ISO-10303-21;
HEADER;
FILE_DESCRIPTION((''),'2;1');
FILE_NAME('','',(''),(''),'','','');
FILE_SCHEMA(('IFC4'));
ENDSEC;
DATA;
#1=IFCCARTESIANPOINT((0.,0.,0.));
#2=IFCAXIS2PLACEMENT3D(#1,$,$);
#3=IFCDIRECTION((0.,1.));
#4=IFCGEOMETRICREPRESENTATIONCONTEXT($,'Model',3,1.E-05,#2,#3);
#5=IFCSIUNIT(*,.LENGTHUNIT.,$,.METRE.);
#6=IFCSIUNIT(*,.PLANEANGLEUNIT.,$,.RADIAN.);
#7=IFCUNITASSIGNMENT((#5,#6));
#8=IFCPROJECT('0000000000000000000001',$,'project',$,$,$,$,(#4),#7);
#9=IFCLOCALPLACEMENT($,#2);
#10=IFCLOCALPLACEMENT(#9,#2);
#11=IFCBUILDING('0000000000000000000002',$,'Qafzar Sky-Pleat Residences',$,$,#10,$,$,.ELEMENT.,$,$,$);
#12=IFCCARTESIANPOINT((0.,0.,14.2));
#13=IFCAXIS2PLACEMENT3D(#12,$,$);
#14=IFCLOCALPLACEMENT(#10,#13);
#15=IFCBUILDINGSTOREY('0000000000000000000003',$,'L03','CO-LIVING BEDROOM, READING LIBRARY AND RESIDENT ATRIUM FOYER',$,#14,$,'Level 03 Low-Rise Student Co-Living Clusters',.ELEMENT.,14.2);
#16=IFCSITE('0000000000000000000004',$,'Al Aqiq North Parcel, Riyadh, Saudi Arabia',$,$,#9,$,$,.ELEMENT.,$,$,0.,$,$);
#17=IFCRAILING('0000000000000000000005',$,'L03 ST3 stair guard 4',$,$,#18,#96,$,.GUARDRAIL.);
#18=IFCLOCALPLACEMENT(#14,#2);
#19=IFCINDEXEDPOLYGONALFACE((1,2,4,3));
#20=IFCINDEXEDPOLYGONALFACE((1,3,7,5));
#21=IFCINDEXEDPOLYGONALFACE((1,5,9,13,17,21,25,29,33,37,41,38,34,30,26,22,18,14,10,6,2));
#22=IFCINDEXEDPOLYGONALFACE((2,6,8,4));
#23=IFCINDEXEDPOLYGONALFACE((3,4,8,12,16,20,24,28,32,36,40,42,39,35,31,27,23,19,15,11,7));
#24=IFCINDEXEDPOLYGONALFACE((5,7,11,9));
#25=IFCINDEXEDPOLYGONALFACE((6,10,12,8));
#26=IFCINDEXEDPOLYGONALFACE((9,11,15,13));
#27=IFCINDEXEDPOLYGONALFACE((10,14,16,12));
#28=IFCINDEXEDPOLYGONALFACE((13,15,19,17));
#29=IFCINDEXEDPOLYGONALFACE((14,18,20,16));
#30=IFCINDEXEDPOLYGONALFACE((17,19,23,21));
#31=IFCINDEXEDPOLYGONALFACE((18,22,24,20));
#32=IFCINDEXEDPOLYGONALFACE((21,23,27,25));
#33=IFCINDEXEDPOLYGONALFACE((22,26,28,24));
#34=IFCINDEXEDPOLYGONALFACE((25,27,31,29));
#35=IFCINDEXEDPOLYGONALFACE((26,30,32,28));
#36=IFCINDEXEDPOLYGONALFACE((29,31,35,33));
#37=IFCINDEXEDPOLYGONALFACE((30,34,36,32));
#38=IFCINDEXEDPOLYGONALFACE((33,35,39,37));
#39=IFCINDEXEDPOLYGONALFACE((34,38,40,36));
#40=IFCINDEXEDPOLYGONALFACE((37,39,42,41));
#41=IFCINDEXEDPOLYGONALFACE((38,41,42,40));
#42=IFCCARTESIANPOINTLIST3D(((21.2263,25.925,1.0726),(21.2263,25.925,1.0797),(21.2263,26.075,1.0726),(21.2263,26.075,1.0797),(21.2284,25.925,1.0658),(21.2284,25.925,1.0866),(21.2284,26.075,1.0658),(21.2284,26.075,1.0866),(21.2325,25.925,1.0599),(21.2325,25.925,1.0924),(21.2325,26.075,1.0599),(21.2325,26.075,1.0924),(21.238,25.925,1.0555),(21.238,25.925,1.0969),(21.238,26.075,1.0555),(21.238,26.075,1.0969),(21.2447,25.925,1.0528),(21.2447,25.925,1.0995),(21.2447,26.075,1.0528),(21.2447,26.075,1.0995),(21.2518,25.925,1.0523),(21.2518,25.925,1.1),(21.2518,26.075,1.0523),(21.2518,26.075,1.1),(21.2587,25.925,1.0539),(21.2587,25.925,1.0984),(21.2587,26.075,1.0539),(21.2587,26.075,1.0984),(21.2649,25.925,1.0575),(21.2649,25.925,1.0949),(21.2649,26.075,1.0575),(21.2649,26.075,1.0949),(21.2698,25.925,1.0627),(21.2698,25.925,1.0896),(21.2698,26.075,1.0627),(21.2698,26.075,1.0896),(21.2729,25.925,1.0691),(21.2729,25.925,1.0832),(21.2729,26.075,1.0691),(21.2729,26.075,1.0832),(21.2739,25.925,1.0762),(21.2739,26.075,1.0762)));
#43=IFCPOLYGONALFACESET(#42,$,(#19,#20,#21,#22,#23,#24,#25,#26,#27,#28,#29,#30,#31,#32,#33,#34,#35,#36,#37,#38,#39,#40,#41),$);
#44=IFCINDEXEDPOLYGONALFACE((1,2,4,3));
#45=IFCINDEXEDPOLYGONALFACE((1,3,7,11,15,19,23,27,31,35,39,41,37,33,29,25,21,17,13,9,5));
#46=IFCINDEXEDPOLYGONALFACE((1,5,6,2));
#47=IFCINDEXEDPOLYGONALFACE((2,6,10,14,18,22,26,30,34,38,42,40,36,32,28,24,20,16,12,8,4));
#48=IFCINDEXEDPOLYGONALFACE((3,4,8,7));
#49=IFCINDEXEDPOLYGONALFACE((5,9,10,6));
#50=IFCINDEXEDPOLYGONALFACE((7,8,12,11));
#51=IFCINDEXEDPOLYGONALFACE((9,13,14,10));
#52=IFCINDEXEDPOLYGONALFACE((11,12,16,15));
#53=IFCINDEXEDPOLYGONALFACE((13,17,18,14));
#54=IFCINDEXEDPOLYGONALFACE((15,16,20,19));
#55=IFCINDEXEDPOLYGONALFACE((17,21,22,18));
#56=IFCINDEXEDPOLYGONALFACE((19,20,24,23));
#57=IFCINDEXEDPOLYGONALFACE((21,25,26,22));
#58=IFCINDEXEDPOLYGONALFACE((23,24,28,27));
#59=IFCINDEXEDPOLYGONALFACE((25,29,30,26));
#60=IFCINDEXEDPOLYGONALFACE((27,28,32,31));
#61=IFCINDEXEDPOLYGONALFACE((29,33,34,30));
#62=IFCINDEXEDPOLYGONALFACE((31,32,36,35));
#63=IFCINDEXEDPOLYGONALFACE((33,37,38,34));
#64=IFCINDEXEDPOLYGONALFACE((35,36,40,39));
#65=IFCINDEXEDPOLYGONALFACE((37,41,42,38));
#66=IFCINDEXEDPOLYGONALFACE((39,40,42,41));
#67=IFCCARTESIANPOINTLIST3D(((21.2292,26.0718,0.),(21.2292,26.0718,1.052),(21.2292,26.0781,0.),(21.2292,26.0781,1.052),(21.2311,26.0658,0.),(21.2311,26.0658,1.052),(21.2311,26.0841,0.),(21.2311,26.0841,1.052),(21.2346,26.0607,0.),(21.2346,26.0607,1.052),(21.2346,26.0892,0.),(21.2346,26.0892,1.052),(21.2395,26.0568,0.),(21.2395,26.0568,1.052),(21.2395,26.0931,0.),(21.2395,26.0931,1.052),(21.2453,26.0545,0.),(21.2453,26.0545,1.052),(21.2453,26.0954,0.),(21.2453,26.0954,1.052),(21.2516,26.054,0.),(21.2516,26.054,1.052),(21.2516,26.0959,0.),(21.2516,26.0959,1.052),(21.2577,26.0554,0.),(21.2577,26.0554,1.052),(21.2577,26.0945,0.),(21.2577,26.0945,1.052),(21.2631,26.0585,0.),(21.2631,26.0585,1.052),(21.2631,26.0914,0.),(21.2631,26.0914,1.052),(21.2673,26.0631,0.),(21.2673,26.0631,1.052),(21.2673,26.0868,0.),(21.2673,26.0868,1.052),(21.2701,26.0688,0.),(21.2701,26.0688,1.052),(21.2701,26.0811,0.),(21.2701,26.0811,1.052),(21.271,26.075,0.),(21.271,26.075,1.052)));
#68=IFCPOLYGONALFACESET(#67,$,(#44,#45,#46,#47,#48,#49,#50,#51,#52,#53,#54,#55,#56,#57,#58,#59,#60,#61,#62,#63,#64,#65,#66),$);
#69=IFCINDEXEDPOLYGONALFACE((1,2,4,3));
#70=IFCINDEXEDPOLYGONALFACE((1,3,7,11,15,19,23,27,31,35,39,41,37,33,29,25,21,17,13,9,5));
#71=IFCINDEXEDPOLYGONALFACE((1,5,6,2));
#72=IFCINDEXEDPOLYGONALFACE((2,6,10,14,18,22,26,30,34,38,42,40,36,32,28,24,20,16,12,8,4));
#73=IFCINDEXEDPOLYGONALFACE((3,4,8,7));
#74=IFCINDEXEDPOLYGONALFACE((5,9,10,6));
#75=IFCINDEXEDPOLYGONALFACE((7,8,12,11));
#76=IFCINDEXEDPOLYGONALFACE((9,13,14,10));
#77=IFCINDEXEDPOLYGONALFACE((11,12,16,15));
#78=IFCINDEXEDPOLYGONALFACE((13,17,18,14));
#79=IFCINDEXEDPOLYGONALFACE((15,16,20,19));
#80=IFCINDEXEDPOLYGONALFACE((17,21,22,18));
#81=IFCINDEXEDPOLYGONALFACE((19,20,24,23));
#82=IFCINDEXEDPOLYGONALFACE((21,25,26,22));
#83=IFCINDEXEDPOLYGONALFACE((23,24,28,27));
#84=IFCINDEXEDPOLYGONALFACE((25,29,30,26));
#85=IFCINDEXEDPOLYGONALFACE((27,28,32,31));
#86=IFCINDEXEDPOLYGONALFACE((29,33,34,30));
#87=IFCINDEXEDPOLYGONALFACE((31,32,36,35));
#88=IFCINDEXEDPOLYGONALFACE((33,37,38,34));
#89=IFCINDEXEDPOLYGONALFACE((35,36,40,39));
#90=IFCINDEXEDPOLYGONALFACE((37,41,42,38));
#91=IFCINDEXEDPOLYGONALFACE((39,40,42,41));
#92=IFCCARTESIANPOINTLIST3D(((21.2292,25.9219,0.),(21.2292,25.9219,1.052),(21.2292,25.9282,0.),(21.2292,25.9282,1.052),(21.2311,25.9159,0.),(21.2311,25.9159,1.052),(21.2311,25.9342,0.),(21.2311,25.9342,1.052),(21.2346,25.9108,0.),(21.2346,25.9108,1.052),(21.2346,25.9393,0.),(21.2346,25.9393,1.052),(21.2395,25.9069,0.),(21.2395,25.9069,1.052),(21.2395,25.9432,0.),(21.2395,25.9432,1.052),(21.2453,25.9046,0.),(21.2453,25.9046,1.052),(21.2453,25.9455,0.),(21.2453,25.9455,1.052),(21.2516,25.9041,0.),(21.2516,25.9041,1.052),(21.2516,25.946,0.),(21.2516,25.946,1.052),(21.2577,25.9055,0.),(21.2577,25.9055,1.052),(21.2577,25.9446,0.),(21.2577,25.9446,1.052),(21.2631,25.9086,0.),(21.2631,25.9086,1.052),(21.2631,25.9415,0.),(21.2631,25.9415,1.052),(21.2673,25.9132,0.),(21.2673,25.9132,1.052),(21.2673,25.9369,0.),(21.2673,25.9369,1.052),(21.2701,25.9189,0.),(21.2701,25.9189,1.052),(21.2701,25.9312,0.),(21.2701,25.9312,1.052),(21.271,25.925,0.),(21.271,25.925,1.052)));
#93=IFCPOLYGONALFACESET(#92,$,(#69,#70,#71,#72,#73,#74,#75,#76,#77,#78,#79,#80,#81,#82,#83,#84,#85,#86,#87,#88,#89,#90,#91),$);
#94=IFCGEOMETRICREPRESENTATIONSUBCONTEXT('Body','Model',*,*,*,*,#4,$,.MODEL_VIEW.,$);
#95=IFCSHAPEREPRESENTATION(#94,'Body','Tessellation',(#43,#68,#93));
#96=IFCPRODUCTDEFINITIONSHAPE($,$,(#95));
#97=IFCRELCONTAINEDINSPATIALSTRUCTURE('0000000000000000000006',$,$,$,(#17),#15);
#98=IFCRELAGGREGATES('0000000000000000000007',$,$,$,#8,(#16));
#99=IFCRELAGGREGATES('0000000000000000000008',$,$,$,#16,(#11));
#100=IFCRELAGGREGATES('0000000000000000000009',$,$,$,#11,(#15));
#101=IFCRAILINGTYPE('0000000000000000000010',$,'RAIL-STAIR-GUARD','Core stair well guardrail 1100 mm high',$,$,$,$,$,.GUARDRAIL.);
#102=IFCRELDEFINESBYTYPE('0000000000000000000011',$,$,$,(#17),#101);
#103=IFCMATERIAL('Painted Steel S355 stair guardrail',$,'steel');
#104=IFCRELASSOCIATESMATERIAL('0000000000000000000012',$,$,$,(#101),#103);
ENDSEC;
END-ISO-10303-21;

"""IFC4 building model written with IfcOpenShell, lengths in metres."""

from ifc_helpers import new_model, si_unit, direction, frame, origin, origin_2d, place, context, subcontext, project, spatial, circle, extrude, source, transform, mapped, material, type_object, element, save


model = new_model("IFC4")

# Units and contexts
model_context = context("Model", 3, precision=1e-05, world=origin(), true_north=direction((0.0, 1.0)))
body_context = subcontext(model_context, "Body", "Model", "MODEL_VIEW")
ifc_project = project(units=[si_unit("LENGTHUNIT", "METRE"), si_unit("PLANEANGLEUNIT", "RADIAN")], contexts=[model_context])

# Site, building, storey
site_placement = place(None, origin())
site = spatial("IfcSite", under=ifc_project, at=site_placement, Name="Al Aqiq North Parcel, Riyadh, Saudi Arabia", CompositionType="ELEMENT", RefElevation=0.0)
building_placement = place(site_placement, origin())
building = spatial("IfcBuilding", under=site, at=building_placement, Name="Qafzar Sky-Pleat Residences", CompositionType="ELEMENT")
storey_placement = place(building_placement, frame((0.0, 0.0, 14.2)))
storey = spatial("IfcBuildingStorey", under=building, at=storey_placement, Name="L03", Description="CO-LIVING BEDROOM, READING LIBRARY AND RESIDENT ATRIUM FOYER", LongName="Level 03 Low-Rise Student Co-Living Clusters", CompositionType="ELEMENT", Elevation=14.2)

# Railing
ifc_material_1 = material(Name="Painted Steel S355 stair guardrail", Category="steel")
railing_type_1 = type_object("IfcRailingType", Name="RAIL-STAIR-GUARD", Description="Core stair well guardrail 1100 mm high", PredefinedType="GUARDRAIL", material=ifc_material_1)
shared_shape_1 = source(origin(), body_context, "Body", "SweptSolid", [
    extrude(circle(Radius=0.0239, at=origin_2d()), frame((0.0, 0.0, 1.0762), z_axis=(0.0, -1.0, 0.0), x_axis=(1.0, 0.0, 0.0)), (0.0, 0.0, 1.0), 0.1499),
    extrude(circle(Radius=0.021, at=origin_2d()), origin(), (0.0, 0.0, 1.0), 1.052),
    extrude(circle(Radius=0.021, at=origin_2d()), frame((0.0, -0.1499, 0.0)), (0.0, 0.0, 1.0), 1.052),
])
railing_1_placement = place(storey_placement, frame((21.25, 26.075, 0.0)))
element("IfcRailing", 1, at=railing_1_placement, inside=storey, type_object=railing_type_1, Name="L03 ST3 stair guard 4", PredefinedType="GUARDRAIL", context=body_context, shape_type="MappedRepresentation", body=[
    mapped(shared_shape_1, transform((0.0, 0.0, 0.0), x_axis=(1.0, 0.0, 0.0), y_axis=(0.0, 1.0, 0.0), z_axis=(0.0, 0.0, 1.0), scale=1.0)),
])

save(model, "model.ifc")
